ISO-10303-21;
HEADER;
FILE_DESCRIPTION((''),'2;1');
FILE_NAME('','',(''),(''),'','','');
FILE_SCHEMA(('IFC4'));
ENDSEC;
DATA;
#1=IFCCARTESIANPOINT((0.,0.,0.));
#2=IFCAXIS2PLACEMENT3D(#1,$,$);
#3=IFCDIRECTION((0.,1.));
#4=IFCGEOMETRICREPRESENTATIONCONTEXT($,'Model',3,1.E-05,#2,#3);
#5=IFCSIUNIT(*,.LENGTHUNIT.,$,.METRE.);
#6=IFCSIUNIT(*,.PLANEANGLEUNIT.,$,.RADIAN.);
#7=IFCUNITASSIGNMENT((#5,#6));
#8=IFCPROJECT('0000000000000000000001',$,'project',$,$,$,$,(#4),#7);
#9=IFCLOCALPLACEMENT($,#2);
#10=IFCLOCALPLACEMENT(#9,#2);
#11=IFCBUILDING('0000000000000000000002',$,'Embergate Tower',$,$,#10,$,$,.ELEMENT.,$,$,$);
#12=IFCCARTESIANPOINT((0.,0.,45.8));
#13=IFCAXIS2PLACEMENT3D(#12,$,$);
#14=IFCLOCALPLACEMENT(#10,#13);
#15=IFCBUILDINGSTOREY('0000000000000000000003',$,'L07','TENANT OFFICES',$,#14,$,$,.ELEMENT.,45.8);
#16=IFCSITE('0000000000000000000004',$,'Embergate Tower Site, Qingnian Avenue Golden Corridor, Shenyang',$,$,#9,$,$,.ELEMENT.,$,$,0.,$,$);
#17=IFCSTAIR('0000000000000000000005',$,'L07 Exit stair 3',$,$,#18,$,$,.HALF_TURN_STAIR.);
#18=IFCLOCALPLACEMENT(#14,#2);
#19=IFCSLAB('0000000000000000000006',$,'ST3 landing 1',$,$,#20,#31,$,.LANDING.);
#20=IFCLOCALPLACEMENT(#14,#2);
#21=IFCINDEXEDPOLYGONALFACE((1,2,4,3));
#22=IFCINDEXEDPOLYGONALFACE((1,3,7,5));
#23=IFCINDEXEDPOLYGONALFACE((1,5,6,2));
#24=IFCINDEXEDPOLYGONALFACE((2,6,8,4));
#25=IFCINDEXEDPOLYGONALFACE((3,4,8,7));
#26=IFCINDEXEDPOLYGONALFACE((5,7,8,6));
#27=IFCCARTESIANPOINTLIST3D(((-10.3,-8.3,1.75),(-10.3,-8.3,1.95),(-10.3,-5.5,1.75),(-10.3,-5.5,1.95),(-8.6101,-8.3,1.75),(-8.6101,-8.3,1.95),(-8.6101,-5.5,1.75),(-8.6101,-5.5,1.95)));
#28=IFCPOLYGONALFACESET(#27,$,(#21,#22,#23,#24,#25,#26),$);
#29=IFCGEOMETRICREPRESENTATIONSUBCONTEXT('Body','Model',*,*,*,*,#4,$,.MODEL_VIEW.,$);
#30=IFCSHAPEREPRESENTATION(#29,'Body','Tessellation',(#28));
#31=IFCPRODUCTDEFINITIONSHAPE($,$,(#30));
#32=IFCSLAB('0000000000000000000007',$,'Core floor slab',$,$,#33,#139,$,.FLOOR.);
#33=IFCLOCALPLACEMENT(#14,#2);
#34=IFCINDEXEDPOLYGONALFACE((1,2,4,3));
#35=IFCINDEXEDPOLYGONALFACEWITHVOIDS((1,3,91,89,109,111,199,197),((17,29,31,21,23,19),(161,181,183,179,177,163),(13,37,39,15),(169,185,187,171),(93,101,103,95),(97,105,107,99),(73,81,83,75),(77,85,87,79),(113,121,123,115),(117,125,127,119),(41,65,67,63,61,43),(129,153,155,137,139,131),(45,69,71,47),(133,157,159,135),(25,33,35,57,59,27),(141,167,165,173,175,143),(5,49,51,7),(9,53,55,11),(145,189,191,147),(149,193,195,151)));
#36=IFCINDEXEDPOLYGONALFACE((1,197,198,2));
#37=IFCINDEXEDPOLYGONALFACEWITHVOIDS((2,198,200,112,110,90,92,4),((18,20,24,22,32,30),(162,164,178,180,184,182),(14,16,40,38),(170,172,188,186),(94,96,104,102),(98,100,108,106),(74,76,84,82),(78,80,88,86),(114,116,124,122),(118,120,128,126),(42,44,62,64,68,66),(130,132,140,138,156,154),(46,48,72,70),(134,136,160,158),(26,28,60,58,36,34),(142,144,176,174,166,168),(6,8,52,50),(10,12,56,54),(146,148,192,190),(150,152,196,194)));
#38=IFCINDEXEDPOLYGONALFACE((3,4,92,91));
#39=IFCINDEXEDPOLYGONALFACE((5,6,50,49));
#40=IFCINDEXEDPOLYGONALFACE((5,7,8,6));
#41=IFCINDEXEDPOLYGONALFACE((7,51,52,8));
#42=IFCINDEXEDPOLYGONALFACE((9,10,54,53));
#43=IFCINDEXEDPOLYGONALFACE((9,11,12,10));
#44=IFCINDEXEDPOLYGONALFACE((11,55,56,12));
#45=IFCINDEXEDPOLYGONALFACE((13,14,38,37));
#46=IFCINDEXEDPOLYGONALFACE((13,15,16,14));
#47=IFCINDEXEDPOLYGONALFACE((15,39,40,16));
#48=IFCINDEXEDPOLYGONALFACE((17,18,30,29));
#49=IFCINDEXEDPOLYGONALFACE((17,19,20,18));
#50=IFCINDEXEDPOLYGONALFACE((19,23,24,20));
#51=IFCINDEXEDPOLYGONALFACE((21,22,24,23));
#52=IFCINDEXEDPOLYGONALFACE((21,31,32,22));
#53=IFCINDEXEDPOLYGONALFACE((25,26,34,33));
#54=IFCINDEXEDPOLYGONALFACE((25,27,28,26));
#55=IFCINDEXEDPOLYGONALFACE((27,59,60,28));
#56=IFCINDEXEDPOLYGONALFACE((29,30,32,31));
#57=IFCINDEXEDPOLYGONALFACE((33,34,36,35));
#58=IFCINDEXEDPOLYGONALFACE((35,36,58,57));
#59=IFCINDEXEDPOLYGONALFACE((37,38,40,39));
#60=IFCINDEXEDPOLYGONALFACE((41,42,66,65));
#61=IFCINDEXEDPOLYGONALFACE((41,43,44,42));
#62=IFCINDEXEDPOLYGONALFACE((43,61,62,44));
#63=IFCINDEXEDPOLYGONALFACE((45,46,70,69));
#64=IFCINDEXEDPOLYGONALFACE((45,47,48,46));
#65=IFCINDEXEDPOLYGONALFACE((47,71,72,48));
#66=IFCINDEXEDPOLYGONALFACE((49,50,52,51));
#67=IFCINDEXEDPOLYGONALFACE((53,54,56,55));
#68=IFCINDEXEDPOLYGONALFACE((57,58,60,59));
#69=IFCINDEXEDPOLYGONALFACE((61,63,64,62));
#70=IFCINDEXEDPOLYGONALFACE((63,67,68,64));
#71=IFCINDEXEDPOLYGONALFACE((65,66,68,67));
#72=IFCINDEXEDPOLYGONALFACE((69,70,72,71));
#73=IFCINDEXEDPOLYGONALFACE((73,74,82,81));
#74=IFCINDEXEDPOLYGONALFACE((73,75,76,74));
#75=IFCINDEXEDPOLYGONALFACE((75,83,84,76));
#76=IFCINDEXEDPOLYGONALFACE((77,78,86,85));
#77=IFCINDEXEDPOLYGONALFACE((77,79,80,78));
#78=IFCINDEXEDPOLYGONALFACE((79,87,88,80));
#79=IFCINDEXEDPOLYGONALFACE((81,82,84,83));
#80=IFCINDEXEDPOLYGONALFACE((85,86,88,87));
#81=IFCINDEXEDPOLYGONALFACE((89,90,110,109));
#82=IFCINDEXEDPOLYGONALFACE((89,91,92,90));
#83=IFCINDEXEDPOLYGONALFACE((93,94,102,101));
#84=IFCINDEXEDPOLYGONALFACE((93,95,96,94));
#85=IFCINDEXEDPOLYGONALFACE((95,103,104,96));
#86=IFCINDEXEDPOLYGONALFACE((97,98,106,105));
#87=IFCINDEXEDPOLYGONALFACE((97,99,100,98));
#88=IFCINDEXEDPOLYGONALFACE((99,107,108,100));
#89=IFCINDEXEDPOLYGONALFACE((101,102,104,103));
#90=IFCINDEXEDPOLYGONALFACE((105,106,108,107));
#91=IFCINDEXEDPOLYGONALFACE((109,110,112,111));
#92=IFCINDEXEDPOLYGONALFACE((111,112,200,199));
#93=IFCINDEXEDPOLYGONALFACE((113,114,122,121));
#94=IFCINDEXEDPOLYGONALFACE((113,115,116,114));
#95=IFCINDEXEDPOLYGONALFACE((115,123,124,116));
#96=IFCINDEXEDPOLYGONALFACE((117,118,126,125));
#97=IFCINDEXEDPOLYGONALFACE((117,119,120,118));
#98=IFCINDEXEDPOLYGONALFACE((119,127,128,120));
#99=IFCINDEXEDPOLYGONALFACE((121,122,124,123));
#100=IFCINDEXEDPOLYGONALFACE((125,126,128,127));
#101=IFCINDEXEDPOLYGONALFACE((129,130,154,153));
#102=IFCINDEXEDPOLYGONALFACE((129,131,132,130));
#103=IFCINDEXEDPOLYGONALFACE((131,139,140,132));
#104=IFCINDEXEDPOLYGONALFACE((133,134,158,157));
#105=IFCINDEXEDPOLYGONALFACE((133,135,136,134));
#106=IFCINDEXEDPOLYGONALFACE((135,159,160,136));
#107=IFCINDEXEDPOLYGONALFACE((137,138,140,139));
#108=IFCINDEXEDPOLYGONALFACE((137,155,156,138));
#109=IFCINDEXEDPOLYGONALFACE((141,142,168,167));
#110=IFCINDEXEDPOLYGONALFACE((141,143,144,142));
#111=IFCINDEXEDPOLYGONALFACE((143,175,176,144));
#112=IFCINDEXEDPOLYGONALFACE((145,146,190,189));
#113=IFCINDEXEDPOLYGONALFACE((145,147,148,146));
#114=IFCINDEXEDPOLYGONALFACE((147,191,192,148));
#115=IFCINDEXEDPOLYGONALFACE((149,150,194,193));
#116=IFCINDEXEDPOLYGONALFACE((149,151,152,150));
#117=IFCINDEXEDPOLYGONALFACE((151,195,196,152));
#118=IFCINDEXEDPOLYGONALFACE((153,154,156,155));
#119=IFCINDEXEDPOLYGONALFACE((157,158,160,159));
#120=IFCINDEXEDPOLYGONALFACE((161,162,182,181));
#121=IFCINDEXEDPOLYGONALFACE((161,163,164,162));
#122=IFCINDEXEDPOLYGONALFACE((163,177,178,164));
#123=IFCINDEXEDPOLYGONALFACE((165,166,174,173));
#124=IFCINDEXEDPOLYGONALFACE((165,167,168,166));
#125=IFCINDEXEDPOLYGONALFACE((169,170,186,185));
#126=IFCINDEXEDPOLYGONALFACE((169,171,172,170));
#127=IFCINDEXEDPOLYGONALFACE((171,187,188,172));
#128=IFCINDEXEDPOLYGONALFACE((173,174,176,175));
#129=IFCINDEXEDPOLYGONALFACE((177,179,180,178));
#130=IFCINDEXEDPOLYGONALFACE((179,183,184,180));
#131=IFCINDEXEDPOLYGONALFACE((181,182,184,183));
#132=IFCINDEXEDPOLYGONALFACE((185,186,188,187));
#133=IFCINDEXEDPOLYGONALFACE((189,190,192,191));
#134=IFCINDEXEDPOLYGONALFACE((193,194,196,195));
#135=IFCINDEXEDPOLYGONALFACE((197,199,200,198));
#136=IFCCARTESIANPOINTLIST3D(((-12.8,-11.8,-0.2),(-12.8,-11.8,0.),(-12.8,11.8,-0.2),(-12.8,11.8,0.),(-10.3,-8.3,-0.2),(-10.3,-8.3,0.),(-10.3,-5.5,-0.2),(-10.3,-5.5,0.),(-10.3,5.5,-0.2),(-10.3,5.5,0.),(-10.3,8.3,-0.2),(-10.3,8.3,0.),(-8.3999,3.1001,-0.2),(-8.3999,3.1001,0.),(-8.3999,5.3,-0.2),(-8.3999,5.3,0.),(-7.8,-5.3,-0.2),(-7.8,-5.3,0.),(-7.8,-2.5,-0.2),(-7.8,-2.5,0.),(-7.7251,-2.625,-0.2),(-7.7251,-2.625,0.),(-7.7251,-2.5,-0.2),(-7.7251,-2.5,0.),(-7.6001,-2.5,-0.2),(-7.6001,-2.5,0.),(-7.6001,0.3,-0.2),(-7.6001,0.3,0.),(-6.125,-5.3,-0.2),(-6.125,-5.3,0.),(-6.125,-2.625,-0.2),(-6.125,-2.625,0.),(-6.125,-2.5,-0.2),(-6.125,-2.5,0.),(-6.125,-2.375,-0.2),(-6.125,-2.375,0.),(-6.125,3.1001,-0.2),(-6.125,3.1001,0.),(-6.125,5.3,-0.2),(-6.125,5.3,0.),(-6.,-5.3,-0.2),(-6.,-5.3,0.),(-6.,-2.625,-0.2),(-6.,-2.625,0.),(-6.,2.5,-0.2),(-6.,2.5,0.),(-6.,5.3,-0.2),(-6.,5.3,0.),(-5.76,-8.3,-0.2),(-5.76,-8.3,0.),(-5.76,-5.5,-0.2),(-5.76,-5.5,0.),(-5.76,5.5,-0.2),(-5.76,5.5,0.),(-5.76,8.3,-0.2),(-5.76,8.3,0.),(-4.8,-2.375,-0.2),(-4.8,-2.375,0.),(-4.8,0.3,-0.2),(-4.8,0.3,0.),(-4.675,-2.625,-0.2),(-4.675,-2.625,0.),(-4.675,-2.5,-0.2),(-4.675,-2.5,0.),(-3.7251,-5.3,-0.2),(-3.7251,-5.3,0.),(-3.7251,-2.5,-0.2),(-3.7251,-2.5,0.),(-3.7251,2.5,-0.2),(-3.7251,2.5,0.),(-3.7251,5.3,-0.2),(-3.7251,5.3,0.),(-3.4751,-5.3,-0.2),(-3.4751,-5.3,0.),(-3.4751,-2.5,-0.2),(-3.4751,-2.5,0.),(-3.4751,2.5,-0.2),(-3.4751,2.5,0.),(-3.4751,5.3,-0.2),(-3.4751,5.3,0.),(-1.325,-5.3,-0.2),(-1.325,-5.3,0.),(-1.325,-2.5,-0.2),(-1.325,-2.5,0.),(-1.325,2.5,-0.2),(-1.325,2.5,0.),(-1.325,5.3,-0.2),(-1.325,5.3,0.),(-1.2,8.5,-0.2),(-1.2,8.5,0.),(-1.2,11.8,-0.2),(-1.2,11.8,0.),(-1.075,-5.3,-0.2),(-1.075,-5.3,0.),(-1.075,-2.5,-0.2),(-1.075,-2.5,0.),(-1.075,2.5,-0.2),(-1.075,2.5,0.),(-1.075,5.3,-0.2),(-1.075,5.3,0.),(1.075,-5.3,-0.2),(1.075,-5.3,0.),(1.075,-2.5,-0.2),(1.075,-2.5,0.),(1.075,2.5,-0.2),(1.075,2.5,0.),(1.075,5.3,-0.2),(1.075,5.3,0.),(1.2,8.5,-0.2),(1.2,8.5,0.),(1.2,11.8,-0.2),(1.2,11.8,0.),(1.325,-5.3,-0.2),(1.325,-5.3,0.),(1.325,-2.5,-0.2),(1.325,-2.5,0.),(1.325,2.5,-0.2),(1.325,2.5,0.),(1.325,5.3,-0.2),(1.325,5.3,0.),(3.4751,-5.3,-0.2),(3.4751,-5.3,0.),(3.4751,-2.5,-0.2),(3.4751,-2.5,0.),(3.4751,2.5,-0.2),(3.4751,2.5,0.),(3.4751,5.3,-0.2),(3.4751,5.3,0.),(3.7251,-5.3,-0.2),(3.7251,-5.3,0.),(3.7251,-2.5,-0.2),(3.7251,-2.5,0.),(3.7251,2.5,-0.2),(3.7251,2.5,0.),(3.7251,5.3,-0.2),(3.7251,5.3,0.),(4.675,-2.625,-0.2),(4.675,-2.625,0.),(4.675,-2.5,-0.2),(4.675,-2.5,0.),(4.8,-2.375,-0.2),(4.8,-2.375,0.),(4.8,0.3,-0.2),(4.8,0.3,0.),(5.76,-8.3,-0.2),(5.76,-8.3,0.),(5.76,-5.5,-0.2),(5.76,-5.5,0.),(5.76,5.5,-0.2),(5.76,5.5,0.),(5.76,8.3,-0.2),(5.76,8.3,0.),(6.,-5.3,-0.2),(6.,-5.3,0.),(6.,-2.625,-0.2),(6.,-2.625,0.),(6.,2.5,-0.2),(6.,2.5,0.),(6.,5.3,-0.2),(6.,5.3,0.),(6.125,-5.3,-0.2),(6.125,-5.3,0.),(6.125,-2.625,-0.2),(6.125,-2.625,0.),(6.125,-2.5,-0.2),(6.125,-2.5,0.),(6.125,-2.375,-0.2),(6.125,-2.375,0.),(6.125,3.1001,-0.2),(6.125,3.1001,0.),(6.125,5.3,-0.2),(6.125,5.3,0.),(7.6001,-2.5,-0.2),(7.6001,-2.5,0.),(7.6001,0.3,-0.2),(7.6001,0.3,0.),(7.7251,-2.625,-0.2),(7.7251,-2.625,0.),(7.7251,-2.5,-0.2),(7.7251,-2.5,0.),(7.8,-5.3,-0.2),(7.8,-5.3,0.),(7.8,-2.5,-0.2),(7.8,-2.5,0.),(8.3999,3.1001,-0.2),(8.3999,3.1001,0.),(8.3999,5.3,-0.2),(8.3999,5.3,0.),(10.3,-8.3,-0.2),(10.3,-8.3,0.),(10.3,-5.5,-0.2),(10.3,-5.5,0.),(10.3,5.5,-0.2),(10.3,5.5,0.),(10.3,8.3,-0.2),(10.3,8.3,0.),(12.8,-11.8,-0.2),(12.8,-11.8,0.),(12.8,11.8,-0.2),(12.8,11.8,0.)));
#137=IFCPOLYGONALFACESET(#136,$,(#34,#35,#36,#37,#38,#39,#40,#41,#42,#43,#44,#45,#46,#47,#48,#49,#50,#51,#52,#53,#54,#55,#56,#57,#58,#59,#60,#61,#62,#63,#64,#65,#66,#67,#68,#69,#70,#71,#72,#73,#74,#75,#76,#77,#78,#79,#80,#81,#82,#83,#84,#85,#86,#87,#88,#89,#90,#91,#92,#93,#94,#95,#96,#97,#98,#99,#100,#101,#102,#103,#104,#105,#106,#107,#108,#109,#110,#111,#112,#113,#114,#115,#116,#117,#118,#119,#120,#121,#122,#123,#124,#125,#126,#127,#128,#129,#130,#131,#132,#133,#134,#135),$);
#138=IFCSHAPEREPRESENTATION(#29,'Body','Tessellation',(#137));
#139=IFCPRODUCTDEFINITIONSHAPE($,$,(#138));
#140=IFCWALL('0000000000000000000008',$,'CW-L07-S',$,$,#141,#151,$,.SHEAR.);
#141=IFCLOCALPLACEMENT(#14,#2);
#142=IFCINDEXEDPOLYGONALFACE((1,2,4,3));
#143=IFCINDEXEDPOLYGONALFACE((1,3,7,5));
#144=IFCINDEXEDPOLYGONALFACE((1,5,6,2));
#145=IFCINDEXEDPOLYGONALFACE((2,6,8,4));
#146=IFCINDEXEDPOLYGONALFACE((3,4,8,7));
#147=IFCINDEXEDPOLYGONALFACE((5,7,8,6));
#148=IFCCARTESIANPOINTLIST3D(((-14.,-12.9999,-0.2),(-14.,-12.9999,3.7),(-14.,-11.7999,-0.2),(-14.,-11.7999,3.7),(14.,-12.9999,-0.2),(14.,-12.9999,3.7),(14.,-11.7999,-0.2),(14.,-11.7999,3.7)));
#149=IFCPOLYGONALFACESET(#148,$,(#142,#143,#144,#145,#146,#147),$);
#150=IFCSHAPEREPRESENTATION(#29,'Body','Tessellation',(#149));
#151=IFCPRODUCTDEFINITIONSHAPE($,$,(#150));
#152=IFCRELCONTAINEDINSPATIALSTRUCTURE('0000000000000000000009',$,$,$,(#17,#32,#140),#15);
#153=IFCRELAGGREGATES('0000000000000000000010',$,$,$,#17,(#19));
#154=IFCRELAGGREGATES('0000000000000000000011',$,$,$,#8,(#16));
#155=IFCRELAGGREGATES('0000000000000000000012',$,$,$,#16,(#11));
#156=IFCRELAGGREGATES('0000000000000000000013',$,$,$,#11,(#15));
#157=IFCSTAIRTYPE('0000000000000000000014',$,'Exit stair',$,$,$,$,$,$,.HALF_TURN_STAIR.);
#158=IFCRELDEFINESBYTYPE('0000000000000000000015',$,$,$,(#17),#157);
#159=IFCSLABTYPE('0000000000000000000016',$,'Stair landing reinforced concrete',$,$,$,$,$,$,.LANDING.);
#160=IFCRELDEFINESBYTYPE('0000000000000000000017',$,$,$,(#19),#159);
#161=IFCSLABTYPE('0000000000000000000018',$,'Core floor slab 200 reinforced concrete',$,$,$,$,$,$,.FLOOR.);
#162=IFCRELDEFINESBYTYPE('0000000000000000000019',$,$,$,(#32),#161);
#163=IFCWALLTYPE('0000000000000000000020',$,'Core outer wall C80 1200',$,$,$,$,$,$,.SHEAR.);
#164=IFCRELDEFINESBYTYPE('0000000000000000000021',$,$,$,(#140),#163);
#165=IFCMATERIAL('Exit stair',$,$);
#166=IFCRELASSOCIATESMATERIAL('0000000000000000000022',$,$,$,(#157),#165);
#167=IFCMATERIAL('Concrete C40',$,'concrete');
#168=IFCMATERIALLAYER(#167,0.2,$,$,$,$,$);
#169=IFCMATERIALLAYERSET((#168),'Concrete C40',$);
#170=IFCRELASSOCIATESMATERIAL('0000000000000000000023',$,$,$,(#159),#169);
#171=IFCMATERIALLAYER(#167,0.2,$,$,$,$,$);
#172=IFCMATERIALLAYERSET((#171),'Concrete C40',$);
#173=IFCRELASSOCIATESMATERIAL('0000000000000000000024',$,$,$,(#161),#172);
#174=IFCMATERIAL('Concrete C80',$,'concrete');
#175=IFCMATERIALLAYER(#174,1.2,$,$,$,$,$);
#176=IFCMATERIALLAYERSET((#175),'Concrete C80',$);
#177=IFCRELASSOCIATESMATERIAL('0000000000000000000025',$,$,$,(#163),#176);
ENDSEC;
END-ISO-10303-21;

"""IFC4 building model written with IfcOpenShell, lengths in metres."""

from ifc_helpers import new_model, si_unit, direction, frame, frame_2d, origin, place, context, subcontext, project, spatial, polyline, rectangle, outline, extrude, source, transform, mapped, material, layer, layer_set, type_object, element, aggregate, save


model = new_model("IFC4")

# Units and contexts
model_context = context("Model", 3, precision=1e-05, world=origin(), true_north=direction((0.0, 1.0)))
body_context = subcontext(model_context, "Body", "Model", "MODEL_VIEW")
ifc_project = project(units=[si_unit("LENGTHUNIT", "METRE"), si_unit("PLANEANGLEUNIT", "RADIAN")], contexts=[model_context])

# Site, building, storey
site_placement = place(None, origin())
site = spatial("IfcSite", under=ifc_project, at=site_placement, Name="Embergate Tower Site, Qingnian Avenue Golden Corridor, Shenyang", CompositionType="ELEMENT", RefElevation=0.0)
building_placement = place(site_placement, origin())
building = spatial("IfcBuilding", under=site, at=building_placement, Name="Embergate Tower", CompositionType="ELEMENT")
storey_placement = place(building_placement, frame((0.0, 0.0, 45.8)))
storey = spatial("IfcBuildingStorey", under=building, at=storey_placement, Name="L07", Description="TENANT OFFICES", CompositionType="ELEMENT", Elevation=45.8)

# Stair, slab
ifc_material_1 = material(Name="Exit stair")
stair_type = type_object("IfcStairType", Name="Exit stair", PredefinedType="HALF_TURN_STAIR", material=ifc_material_1)
stair_placement = place(storey_placement, origin())
stair = element("IfcStair", 1, at=stair_placement, inside=storey, type_object=stair_type, Name="L07 Exit stair 3", PredefinedType="HALF_TURN_STAIR")
ifc_material_2 = material(Name="Concrete C40", Category="concrete")
ifc_layer_1 = layer(ifc_material_2, 0.2)
ifc_layer_set_1 = layer_set([ifc_layer_1], Name="Concrete C40")
slab_type_1 = type_object("IfcSlabType", Name="Stair landing reinforced concrete", PredefinedType="LANDING", material=ifc_layer_set_1)
shared_shape_1 = source(origin(), body_context, "Body", "SweptSolid", [
    extrude(outline(polyline([(0.0, 0.0), (1.6899, 0.0), (1.6899, 2.8), (0.0, 2.8), (0.0, 0.0)])), origin(), (0.0, 0.0, 1.0), 0.2),
])
slab_1_placement = place(storey_placement, frame((-10.3, -8.3, 1.75)))
slab_1 = element("IfcSlab", 2, at=slab_1_placement, type_object=slab_type_1, Name="ST3 landing 1", PredefinedType="LANDING", context=body_context, shape_type="MappedRepresentation", body=[
    mapped(shared_shape_1, transform((0.0, 0.0, 0.0))),
])

# Slab
ifc_layer_2 = layer(ifc_material_2, 0.2)
ifc_layer_set_2 = layer_set([ifc_layer_2], Name="Concrete C40")
slab_type_2 = type_object("IfcSlabType", Name="Core floor slab 200 reinforced concrete", PredefinedType="FLOOR", material=ifc_layer_set_2)
shared_shape_2 = source(origin(), body_context, "Body", "SweptSolid", [
    extrude(outline(polyline([(0.0, 0.0), (25.6001, 0.0), (25.6001, 23.6001), (14.0, 23.6001), (14.0, 20.3), (11.6001, 20.3), (11.6001, 23.6001), (0.0, 23.6001), (0.0, 0.0)]), holes=[polyline([(2.5, 3.5), (2.5, 6.3), (7.04, 6.3), (7.04, 3.5), (2.5, 3.5)]), polyline([(18.5601, 3.5), (18.5601, 6.3), (23.1001, 6.3), (23.1001, 3.5), (18.5601, 3.5)]), polyline([(5.0, 6.5), (5.0, 9.3), (5.075, 9.3), (5.075, 9.175), (6.675, 9.175), (6.675, 6.5), (5.0, 6.5)]), polyline([(6.8, 6.5), (6.8, 9.175), (8.125, 9.175), (8.125, 9.3), (9.075, 9.3), (9.075, 6.5), (6.8, 6.5)]), polyline([(9.325, 6.5), (9.325, 9.3), (11.4751, 9.3), (11.4751, 6.5), (9.325, 6.5)]), polyline([(11.7251, 6.5), (11.7251, 9.3), (13.875, 9.3), (13.875, 6.5), (11.7251, 6.5)]), polyline([(14.125, 6.5), (14.125, 9.3), (16.2751, 9.3), (16.2751, 6.5), (14.125, 6.5)]), polyline([(16.5251, 6.5), (16.5251, 9.3), (17.4751, 9.3), (17.4751, 9.175), (18.8, 9.175), (18.8, 6.5), (16.5251, 6.5)]), polyline([(18.925, 6.5), (18.925, 9.175), (20.5251, 9.175), (20.5251, 9.3), (20.6001, 9.3), (20.6001, 6.5), (18.925, 6.5)]), polyline([(5.2, 9.3), (5.2, 12.1001), (8.0, 12.1001), (8.0, 9.425), (6.675, 9.425), (6.675, 9.3), (5.2, 9.3)]), polyline([(18.925, 9.3), (18.925, 9.425), (17.6001, 9.425), (17.6001, 12.1001), (20.4001, 12.1001), (20.4001, 9.3), (18.925, 9.3)]), polyline([(6.8, 14.3), (6.8, 17.1001), (9.075, 17.1001), (9.075, 14.3), (6.8, 14.3)]), polyline([(9.325, 14.3), (9.325, 17.1001), (11.4751, 17.1001), (11.4751, 14.3), (9.325, 14.3)]), polyline([(11.7251, 14.3), (11.7251, 17.1001), (13.875, 17.1001), (13.875, 14.3), (11.7251, 14.3)]), polyline([(14.125, 14.3), (14.125, 17.1001), (16.2751, 17.1001), (16.2751, 14.3), (14.125, 14.3)]), polyline([(16.5251, 14.3), (16.5251, 17.1001), (18.8, 17.1001), (18.8, 14.3), (16.5251, 14.3)]), polyline([(4.4001, 14.9001), (4.4001, 17.1001), (6.675, 17.1001), (6.675, 14.9001), (4.4001, 14.9001)]), polyline([(18.925, 14.9001), (18.925, 17.1001), (21.2, 17.1001), (21.2, 14.9001), (18.925, 14.9001)]), polyline([(2.5, 17.3), (2.5, 20.1001), (7.04, 20.1001), (7.04, 17.3), (2.5, 17.3)]), polyline([(18.5601, 17.3), (18.5601, 20.1001), (23.1001, 20.1001), (23.1001, 17.3), (18.5601, 17.3)])]), origin(), (0.0, 0.0, 1.0), 0.2),
])
slab_2_placement = place(storey_placement, frame((-12.8, -11.8, -0.2)))
element("IfcSlab", 3, at=slab_2_placement, inside=storey, type_object=slab_type_2, Name="Core floor slab", PredefinedType="FLOOR", context=body_context, shape_type="MappedRepresentation", body=[
    mapped(shared_shape_2, transform((0.0, 0.0, 0.0))),
])

# Wall
ifc_material_3 = material(Name="Concrete C80", Category="concrete")
ifc_layer_3 = layer(ifc_material_3, 1.2)
ifc_layer_set_3 = layer_set([ifc_layer_3], Name="Concrete C80")
wall_type_1 = type_object("IfcWallType", Name="Core outer wall C80 1200", PredefinedType="SHEAR", material=ifc_layer_set_3)
shared_shape_3 = source(origin(), body_context, "Body", "SweptSolid", [
    extrude(rectangle(XDim=28.0, YDim=1.2, at=frame_2d((14.0, 0.0))), origin(), (0.0, 0.0, 1.0), 3.8999),
])
wall_1_placement = place(storey_placement, frame((-14.0, -12.3999, -0.2), z_axis=(0.0, 0.0, 1.0), x_axis=(1.0, 0.0, 0.0)))
element("IfcWall", 4, at=wall_1_placement, inside=storey, type_object=wall_type_1, Name="CW-L07-S", PredefinedType="SHEAR", context=body_context, shape_type="MappedRepresentation", body=[
    mapped(shared_shape_3, transform((0.0, 0.0, 0.0))),
])

aggregate(stair, [slab_1])

save(model, "model.ifc")
